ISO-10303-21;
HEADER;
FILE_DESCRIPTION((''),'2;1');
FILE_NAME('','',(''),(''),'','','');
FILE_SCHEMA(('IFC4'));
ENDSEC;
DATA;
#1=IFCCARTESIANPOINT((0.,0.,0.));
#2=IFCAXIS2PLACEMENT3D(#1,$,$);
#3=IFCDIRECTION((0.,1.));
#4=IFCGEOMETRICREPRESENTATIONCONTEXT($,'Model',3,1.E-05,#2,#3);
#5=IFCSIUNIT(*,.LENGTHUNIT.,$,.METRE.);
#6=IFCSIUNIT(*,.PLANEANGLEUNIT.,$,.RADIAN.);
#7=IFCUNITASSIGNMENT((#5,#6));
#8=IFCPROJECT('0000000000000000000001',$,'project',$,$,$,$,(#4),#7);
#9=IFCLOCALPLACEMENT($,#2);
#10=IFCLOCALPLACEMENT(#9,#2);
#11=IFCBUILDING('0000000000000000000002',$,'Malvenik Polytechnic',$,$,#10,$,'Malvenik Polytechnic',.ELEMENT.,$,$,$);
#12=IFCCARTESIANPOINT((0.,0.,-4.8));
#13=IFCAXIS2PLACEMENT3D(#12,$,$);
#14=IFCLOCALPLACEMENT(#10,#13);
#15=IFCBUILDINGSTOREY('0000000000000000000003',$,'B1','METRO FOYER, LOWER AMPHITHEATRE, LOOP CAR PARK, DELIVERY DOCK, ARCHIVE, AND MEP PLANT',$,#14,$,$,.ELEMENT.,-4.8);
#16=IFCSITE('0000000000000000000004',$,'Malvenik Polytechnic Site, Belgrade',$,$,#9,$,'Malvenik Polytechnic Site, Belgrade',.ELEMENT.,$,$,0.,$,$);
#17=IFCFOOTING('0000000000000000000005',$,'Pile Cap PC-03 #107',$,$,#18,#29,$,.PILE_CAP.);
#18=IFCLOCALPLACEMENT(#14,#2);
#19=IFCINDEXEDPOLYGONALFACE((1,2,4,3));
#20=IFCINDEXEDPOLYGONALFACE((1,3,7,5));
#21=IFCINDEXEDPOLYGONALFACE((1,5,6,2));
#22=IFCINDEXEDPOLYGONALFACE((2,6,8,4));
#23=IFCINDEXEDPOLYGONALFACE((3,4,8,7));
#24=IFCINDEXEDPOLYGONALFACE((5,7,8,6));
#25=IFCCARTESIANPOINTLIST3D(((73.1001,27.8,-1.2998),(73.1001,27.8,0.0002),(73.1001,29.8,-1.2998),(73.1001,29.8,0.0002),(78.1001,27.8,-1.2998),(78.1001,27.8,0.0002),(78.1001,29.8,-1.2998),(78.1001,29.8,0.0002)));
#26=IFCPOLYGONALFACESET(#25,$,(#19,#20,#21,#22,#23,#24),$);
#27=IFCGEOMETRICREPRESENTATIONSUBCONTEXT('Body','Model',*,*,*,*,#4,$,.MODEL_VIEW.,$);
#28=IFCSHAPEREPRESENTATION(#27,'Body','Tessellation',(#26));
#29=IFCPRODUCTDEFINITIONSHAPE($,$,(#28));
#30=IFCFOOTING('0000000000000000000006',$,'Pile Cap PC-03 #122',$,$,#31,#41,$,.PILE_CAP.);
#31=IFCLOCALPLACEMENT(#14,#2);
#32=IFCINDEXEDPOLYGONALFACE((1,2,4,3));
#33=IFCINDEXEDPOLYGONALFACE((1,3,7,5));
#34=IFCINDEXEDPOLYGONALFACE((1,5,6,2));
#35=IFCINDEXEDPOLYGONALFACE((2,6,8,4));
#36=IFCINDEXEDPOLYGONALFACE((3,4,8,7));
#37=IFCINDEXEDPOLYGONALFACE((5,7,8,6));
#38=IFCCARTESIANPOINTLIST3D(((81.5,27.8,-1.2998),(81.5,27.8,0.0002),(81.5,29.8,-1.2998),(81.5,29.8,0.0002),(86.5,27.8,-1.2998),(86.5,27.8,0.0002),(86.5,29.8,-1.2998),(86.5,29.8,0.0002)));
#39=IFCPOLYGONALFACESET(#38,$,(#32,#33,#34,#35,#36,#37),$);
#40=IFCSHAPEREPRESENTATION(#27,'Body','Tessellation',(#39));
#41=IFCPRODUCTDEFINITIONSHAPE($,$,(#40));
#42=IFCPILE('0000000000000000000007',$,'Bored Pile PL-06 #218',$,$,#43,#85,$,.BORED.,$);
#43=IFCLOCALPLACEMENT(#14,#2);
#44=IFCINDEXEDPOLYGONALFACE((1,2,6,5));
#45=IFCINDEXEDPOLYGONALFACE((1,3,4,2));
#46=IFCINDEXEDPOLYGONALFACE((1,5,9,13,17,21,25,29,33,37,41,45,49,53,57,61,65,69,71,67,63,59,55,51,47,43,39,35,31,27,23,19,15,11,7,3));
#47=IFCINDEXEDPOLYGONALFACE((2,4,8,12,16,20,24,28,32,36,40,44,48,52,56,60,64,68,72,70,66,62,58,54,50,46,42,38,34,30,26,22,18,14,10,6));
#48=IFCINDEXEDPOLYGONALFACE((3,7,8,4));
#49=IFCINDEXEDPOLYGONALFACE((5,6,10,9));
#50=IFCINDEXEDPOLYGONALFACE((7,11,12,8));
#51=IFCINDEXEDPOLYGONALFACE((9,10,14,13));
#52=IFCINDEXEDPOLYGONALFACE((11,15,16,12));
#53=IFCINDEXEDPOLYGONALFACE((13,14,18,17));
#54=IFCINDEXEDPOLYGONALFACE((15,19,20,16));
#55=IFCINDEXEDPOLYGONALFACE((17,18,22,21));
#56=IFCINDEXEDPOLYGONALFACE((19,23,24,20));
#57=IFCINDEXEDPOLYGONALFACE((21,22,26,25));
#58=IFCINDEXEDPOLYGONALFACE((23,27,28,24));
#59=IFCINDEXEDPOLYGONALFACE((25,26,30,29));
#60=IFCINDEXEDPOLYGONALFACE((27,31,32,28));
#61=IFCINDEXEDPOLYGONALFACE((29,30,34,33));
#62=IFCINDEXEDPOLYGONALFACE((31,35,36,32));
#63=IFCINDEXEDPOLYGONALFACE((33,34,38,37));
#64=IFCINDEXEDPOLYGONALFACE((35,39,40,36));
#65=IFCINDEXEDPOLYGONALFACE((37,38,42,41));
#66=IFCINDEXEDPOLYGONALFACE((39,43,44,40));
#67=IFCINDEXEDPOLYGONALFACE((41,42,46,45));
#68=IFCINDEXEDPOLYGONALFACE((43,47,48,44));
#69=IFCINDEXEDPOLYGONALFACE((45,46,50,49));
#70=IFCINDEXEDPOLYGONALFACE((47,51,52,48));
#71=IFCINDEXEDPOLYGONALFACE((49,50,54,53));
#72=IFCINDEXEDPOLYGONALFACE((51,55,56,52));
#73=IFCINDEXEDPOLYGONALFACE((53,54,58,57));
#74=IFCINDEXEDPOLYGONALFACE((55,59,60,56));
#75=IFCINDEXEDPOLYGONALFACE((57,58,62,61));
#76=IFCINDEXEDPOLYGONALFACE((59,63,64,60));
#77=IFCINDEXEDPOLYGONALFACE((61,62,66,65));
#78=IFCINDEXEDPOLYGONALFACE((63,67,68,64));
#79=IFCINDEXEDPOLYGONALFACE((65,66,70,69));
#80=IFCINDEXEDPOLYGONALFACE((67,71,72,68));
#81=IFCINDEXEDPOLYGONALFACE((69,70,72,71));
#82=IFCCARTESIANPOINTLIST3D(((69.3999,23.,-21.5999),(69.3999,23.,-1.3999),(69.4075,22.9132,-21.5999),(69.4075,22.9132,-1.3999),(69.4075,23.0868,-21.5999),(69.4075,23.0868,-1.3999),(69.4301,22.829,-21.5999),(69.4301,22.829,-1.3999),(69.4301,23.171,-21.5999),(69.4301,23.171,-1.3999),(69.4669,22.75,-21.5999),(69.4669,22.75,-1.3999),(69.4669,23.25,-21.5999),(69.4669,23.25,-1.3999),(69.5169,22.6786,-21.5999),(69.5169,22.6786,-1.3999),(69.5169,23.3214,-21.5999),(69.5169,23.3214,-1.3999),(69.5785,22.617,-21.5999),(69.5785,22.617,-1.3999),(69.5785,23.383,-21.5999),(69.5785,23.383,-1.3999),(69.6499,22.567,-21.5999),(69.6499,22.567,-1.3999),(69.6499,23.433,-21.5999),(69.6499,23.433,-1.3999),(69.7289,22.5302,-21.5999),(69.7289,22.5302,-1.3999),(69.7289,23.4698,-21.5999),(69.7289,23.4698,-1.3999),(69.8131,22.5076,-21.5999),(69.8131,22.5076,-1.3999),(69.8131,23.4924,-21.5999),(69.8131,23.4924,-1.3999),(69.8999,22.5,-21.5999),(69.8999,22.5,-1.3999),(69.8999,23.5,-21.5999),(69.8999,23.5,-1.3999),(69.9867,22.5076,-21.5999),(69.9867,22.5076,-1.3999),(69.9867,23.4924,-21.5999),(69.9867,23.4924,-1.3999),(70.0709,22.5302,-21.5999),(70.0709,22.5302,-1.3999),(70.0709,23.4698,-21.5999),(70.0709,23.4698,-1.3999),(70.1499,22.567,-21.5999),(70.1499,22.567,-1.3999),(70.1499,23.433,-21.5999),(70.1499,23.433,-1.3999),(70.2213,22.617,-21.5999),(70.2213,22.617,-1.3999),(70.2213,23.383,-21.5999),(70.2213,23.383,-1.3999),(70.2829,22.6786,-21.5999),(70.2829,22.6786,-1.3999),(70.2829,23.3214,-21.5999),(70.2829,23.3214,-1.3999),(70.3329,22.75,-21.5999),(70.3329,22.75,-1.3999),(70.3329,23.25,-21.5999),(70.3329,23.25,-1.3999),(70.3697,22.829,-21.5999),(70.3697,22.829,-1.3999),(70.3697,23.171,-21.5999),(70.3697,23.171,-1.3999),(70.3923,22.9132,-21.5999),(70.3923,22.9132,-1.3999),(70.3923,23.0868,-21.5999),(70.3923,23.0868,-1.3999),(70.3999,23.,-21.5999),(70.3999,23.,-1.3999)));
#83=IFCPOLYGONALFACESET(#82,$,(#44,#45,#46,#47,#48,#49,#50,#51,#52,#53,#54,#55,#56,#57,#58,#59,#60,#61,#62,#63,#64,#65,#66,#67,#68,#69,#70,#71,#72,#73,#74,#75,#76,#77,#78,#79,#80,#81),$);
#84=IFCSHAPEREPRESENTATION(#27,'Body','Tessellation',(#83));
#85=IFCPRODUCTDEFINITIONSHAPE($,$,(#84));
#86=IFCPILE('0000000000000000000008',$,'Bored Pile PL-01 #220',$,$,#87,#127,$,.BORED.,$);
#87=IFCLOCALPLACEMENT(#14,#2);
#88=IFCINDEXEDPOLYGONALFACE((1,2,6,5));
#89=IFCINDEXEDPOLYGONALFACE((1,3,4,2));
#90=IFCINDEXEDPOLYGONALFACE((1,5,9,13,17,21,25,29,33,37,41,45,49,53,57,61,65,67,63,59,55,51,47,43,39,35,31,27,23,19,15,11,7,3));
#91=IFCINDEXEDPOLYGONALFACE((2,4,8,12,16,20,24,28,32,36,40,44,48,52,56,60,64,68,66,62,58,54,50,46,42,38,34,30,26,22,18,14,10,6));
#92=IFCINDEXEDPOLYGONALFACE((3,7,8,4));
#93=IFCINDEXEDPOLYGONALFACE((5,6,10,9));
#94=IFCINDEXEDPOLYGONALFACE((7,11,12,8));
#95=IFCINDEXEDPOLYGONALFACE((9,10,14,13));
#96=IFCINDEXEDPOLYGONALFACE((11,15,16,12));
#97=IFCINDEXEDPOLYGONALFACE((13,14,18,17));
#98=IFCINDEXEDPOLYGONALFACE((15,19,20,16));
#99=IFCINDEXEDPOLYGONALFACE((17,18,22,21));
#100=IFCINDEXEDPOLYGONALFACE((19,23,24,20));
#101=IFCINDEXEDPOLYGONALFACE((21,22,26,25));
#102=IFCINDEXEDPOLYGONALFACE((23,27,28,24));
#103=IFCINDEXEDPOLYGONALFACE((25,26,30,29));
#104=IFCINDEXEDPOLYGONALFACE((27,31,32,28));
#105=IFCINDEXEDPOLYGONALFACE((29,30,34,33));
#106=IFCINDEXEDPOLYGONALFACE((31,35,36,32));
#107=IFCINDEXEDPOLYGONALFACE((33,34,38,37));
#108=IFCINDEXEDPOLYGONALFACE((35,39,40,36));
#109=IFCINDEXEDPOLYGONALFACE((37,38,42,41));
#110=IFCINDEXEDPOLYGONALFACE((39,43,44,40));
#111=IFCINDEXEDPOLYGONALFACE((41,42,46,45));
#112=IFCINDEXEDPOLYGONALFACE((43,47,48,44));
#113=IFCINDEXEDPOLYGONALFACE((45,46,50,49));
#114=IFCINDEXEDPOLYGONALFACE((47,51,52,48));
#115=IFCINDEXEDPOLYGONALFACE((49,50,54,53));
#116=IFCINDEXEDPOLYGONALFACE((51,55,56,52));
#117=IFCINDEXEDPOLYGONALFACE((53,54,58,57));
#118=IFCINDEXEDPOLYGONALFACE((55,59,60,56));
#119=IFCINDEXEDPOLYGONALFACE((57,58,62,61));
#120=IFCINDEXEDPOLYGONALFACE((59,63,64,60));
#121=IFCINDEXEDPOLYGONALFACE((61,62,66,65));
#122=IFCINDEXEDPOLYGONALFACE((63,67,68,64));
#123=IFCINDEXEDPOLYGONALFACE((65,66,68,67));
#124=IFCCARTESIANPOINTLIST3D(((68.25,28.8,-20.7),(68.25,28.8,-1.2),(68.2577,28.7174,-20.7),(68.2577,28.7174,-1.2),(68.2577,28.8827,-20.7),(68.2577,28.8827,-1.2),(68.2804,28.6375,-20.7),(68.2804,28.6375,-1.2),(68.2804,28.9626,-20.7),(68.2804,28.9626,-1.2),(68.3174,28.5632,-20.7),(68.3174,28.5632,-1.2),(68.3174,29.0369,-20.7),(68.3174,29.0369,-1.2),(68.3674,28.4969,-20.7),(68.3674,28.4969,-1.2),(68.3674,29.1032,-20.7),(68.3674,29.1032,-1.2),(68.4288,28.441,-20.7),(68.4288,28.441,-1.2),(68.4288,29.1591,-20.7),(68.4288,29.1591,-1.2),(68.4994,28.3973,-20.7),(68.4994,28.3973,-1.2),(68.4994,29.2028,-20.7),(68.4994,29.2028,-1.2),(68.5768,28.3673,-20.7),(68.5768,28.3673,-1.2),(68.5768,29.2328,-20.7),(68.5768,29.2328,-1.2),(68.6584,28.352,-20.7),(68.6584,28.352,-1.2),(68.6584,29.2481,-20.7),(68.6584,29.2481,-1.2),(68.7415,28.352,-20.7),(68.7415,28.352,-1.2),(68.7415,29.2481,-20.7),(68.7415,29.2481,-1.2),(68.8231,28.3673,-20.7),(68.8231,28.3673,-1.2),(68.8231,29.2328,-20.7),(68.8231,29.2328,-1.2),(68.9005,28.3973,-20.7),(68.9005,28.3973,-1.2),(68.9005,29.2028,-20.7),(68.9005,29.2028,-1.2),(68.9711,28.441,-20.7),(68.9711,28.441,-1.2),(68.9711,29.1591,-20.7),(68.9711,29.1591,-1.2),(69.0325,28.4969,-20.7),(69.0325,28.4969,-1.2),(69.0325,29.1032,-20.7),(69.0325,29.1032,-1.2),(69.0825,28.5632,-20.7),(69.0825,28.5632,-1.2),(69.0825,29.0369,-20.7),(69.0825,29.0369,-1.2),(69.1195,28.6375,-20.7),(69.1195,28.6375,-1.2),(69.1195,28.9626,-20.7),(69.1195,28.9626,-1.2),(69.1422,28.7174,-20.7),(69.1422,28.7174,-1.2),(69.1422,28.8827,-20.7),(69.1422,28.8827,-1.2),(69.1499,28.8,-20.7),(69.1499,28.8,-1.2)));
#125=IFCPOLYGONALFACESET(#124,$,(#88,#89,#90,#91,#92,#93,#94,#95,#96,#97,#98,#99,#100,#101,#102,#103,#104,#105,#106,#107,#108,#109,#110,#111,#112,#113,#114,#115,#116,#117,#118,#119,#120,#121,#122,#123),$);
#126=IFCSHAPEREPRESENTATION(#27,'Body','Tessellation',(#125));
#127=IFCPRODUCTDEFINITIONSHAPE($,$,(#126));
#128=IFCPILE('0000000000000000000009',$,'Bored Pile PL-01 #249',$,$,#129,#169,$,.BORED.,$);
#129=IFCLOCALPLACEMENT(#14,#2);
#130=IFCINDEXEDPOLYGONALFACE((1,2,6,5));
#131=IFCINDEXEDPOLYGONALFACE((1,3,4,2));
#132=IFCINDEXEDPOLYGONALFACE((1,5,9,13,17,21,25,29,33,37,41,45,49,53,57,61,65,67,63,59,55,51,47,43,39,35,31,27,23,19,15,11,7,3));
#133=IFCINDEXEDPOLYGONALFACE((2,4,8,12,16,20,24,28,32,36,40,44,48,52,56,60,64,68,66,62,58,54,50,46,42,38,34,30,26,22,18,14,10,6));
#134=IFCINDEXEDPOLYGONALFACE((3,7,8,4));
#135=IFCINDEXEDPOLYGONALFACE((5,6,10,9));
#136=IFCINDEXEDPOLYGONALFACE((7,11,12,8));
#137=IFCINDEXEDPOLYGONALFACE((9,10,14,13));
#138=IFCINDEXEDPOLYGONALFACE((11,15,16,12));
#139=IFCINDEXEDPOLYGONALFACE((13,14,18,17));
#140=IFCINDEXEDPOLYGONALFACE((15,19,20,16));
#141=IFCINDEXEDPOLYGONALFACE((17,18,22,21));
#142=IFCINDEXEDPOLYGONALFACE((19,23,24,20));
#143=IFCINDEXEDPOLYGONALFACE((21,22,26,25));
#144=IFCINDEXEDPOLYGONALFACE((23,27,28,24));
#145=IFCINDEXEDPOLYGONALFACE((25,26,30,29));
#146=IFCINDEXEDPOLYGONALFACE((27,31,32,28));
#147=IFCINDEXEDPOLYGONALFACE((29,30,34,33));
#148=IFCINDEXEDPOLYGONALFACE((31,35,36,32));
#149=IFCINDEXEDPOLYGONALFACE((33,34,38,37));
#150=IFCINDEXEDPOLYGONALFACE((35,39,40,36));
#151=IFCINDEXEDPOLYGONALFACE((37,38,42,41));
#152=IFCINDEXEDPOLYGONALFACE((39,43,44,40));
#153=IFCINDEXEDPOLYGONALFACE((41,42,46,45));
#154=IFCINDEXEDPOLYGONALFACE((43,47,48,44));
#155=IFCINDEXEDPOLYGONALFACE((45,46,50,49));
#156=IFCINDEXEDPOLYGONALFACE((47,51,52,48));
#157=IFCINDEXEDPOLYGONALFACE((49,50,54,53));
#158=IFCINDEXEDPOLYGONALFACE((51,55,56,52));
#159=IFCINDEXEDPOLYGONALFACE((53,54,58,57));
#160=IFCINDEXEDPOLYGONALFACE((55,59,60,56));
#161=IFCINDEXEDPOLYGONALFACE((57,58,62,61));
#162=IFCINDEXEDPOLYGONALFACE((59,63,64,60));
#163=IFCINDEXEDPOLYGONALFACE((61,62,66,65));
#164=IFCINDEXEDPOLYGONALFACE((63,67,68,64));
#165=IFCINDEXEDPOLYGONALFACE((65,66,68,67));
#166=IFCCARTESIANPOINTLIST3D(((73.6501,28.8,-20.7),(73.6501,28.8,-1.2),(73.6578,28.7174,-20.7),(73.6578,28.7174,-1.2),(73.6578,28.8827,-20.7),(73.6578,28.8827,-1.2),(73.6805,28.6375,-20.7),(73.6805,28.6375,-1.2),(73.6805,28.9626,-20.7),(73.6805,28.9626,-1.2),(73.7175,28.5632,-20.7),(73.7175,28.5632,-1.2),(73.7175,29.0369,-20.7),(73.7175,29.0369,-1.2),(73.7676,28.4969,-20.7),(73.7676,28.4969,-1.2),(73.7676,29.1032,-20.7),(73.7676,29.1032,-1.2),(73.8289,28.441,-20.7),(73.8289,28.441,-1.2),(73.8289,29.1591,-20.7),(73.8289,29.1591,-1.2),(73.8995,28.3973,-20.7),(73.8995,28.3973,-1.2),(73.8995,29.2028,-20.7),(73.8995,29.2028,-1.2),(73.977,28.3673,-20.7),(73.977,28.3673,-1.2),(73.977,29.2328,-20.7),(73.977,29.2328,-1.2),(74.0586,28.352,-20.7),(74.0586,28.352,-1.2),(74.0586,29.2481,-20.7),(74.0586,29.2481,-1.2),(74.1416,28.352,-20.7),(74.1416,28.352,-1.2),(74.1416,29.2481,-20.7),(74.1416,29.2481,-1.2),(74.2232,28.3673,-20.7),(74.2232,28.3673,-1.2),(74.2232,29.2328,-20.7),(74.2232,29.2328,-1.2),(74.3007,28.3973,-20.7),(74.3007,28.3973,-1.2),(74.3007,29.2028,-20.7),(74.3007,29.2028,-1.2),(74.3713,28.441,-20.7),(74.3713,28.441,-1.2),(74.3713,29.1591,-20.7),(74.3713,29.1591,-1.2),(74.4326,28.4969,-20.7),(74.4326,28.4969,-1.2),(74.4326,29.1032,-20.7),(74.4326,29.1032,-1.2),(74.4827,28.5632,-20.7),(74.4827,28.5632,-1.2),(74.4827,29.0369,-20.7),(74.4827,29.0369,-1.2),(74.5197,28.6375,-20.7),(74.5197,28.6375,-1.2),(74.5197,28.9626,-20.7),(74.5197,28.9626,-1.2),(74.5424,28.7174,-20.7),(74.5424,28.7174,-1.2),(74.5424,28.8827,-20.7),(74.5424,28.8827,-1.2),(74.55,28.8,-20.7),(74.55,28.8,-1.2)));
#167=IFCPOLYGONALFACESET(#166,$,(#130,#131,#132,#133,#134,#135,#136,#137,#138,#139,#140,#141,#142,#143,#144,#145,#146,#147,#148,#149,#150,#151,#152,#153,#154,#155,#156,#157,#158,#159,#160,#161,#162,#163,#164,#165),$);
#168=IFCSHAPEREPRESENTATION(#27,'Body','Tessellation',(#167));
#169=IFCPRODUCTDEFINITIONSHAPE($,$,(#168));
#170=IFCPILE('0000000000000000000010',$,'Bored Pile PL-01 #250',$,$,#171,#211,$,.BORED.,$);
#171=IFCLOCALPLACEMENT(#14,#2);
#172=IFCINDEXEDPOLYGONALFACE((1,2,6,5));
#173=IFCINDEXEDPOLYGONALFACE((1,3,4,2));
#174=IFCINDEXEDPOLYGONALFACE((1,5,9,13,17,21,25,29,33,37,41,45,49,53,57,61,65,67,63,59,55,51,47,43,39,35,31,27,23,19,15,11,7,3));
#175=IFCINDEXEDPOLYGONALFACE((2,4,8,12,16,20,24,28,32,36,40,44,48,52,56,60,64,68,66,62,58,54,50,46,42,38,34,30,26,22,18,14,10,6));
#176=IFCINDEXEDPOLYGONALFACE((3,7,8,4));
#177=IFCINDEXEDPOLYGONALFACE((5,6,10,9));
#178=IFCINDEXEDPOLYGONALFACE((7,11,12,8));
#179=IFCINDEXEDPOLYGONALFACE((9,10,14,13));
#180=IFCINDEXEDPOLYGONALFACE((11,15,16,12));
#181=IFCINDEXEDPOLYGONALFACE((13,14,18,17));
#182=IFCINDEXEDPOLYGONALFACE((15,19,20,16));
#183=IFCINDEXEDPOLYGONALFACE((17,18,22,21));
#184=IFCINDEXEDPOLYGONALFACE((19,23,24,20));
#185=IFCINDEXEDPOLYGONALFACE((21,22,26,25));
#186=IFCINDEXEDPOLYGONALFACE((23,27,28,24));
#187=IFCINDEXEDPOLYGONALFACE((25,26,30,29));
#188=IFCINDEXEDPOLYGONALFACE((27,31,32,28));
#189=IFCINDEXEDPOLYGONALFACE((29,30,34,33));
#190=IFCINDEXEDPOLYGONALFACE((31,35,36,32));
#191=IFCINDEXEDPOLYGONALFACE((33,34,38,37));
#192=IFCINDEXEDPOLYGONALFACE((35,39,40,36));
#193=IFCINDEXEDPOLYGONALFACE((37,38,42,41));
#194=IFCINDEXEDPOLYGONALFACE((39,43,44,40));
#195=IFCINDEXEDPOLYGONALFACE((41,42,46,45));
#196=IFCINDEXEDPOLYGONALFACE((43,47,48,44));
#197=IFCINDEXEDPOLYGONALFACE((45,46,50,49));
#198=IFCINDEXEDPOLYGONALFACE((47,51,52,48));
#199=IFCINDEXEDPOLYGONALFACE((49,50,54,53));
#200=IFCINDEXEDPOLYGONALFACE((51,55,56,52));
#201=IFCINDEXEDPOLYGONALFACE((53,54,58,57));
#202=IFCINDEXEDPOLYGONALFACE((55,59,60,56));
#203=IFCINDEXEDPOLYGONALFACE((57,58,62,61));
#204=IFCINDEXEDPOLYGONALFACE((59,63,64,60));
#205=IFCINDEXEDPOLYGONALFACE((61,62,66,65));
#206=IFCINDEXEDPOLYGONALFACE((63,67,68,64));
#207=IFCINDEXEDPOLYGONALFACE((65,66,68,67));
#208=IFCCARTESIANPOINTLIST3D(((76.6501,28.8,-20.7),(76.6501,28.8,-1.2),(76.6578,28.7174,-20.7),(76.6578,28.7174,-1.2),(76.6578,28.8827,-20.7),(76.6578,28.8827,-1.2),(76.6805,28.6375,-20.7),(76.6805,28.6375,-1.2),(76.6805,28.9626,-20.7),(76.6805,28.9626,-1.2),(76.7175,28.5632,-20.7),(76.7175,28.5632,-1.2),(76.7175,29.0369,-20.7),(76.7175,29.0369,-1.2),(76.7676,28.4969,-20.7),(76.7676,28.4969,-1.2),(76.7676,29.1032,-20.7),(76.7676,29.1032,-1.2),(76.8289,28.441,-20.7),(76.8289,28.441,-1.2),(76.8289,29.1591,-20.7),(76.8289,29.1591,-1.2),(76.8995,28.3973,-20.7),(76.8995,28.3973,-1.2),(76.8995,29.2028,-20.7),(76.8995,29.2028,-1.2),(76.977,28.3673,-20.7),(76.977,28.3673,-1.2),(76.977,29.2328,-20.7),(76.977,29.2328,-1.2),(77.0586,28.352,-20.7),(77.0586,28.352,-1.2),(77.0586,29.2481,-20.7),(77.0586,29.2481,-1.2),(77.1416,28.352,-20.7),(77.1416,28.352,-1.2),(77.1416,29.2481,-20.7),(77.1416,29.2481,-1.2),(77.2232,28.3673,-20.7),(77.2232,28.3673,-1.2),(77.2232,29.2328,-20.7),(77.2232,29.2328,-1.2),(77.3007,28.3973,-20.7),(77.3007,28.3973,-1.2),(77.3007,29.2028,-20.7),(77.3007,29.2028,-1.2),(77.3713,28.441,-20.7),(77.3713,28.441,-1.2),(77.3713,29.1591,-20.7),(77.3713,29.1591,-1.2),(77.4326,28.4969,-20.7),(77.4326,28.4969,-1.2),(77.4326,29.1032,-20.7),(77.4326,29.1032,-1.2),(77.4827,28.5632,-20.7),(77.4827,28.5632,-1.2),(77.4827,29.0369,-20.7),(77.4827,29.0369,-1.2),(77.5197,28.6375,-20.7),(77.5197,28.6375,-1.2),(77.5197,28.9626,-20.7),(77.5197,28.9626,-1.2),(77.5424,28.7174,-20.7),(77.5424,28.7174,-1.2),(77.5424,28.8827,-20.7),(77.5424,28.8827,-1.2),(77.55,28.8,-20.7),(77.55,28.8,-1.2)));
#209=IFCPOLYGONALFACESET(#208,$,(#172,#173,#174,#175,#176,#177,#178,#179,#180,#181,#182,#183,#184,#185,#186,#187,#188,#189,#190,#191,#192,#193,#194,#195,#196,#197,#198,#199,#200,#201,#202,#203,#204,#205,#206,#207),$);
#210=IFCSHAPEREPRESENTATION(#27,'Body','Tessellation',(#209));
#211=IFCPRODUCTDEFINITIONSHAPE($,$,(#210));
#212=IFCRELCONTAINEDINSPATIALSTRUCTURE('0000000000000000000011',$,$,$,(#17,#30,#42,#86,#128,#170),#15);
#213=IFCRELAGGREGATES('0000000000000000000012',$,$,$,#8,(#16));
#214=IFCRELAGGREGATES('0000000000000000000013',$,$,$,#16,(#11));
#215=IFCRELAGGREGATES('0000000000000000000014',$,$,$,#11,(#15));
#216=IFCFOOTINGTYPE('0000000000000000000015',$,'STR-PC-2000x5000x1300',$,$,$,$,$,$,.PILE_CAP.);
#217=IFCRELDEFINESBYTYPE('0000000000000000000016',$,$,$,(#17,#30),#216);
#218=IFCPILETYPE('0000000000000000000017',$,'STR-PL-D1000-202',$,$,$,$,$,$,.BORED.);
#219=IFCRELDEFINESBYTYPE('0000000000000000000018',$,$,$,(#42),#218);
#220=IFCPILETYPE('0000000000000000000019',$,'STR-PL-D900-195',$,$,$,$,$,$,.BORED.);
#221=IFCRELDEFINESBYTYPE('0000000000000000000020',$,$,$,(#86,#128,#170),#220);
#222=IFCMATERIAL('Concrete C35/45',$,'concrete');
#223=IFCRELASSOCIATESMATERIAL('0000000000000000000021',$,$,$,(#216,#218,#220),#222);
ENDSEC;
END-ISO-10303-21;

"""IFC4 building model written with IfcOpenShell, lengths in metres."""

from ifc_helpers import new_model, si_unit, direction, frame, origin, origin_2d, place, context, subcontext, project, spatial, rectangle, circle, extrude, material, material_profile, profile_set, type_object, element, save


model = new_model("IFC4")

# Units and contexts
model_context = context("Model", 3, precision=1e-05, world=origin(), true_north=direction((0.0, 1.0)))
body_context = subcontext(model_context, "Body", "Model", "MODEL_VIEW")
ifc_project = project(units=[si_unit("LENGTHUNIT", "METRE"), si_unit("PLANEANGLEUNIT", "RADIAN")], contexts=[model_context])

# Site, building, storey
site_placement = place(None, origin())
site = spatial("IfcSite", under=ifc_project, at=site_placement, Name="Malvenik Polytechnic Site, Belgrade", LongName="Malvenik Polytechnic Site, Belgrade", CompositionType="ELEMENT", RefElevation=0.0)
building_placement = place(site_placement, origin())
building = spatial("IfcBuilding", under=site, at=building_placement, Name="Malvenik Polytechnic", LongName="Malvenik Polytechnic", CompositionType="ELEMENT")
storey_placement = place(building_placement, frame((0.0, 0.0, -4.8)))
storey = spatial("IfcBuildingStorey", under=building, at=storey_placement, Name="B1", Description="METRO FOYER, LOWER AMPHITHEATRE, LOOP CAR PARK, DELIVERY DOCK, ARCHIVE, AND MEP PLANT", CompositionType="ELEMENT", Elevation=-4.8)

# Footings
ifc_material_1 = material(Name="Concrete C35/45", Category="concrete")
footing_type = type_object("IfcFootingType", Name="STR-PC-2000x5000x1300", PredefinedType="PILE_CAP", material=ifc_material_1)
for number, where, z_axis, x_axis, name in (
    (1, (75.6001, 28.8, -1.2998), (0.0, 0.0, 1.0), (1.0, 0.0, 0.0), "Pile Cap PC-03 #107"),
    (2, (84.0, 28.8, -1.2998), (0.0, 0.0, 1.0), (1.0, 0.0, 0.0), "Pile Cap PC-03 #122"),
):
    element("IfcFooting", number, at=place(storey_placement, frame(where, z_axis=z_axis, x_axis=x_axis)), inside=storey, type_object=footing_type, Name=name, PredefinedType="PILE_CAP", context=body_context, shape_type="SweptSolid", body=[
        extrude(rectangle(XDim=5.0, YDim=2.0, at=origin_2d()), origin(), (0.0, 0.0, 1.0), 1.3),
    ])

# Piles
ifc_material_profile_1 = material_profile(ifc_material_1, circle(Radius=0.5, at=origin_2d()), Name="BORED PILE D1000")
ifc_profile_set_1 = profile_set([ifc_material_profile_1], Name="Concrete C35/45")
pile_type_1 = type_object("IfcPileType", Name="STR-PL-D1000-202", PredefinedType="BORED", material=ifc_profile_set_1)
pile_placement = place(storey_placement, frame((69.8999, 23.0, -1.3999), z_axis=(0.0, 0.0, -1.0), x_axis=(1.0, 0.0, 0.0)))
element("IfcPile", 3, at=pile_placement, inside=storey, type_object=pile_type_1, Name="Bored Pile PL-06 #218", PredefinedType="BORED", context=body_context, shape_type="SweptSolid", body=[
    extrude(circle(Radius=0.5, at=origin_2d()), origin(), (0.0, 0.0, 1.0), 20.2),
])
ifc_material_profile_2 = material_profile(ifc_material_1, circle(Radius=0.45, at=origin_2d()), Name="BORED PILE D900")
ifc_profile_set_2 = profile_set([ifc_material_profile_2], Name="Concrete C35/45")
pile_type_2 = type_object("IfcPileType", Name="STR-PL-D900-195", PredefinedType="BORED", material=ifc_profile_set_2)
for number, where, z_axis, x_axis, name in (
    (4, (68.7, 28.8, -1.2), (0.0, 0.0, -1.0), (1.0, 0.0, 0.0), "Bored Pile PL-01 #220"),
    (5, (74.1001, 28.8, -1.2), (0.0, 0.0, -1.0), (1.0, 0.0, 0.0), "Bored Pile PL-01 #249"),
    (6, (77.1001, 28.8, -1.2), (0.0, 0.0, -1.0), (1.0, 0.0, 0.0), "Bored Pile PL-01 #250"),
):
    element("IfcPile", number, at=place(storey_placement, frame(where, z_axis=z_axis, x_axis=x_axis)), inside=storey, type_object=pile_type_2, Name=name, PredefinedType="BORED", context=body_context, shape_type="SweptSolid", body=[
        extrude(circle(Radius=0.45, at=origin_2d()), origin(), (0.0, 0.0, 1.0), 19.5),
    ])

save(model, "model.ifc")
